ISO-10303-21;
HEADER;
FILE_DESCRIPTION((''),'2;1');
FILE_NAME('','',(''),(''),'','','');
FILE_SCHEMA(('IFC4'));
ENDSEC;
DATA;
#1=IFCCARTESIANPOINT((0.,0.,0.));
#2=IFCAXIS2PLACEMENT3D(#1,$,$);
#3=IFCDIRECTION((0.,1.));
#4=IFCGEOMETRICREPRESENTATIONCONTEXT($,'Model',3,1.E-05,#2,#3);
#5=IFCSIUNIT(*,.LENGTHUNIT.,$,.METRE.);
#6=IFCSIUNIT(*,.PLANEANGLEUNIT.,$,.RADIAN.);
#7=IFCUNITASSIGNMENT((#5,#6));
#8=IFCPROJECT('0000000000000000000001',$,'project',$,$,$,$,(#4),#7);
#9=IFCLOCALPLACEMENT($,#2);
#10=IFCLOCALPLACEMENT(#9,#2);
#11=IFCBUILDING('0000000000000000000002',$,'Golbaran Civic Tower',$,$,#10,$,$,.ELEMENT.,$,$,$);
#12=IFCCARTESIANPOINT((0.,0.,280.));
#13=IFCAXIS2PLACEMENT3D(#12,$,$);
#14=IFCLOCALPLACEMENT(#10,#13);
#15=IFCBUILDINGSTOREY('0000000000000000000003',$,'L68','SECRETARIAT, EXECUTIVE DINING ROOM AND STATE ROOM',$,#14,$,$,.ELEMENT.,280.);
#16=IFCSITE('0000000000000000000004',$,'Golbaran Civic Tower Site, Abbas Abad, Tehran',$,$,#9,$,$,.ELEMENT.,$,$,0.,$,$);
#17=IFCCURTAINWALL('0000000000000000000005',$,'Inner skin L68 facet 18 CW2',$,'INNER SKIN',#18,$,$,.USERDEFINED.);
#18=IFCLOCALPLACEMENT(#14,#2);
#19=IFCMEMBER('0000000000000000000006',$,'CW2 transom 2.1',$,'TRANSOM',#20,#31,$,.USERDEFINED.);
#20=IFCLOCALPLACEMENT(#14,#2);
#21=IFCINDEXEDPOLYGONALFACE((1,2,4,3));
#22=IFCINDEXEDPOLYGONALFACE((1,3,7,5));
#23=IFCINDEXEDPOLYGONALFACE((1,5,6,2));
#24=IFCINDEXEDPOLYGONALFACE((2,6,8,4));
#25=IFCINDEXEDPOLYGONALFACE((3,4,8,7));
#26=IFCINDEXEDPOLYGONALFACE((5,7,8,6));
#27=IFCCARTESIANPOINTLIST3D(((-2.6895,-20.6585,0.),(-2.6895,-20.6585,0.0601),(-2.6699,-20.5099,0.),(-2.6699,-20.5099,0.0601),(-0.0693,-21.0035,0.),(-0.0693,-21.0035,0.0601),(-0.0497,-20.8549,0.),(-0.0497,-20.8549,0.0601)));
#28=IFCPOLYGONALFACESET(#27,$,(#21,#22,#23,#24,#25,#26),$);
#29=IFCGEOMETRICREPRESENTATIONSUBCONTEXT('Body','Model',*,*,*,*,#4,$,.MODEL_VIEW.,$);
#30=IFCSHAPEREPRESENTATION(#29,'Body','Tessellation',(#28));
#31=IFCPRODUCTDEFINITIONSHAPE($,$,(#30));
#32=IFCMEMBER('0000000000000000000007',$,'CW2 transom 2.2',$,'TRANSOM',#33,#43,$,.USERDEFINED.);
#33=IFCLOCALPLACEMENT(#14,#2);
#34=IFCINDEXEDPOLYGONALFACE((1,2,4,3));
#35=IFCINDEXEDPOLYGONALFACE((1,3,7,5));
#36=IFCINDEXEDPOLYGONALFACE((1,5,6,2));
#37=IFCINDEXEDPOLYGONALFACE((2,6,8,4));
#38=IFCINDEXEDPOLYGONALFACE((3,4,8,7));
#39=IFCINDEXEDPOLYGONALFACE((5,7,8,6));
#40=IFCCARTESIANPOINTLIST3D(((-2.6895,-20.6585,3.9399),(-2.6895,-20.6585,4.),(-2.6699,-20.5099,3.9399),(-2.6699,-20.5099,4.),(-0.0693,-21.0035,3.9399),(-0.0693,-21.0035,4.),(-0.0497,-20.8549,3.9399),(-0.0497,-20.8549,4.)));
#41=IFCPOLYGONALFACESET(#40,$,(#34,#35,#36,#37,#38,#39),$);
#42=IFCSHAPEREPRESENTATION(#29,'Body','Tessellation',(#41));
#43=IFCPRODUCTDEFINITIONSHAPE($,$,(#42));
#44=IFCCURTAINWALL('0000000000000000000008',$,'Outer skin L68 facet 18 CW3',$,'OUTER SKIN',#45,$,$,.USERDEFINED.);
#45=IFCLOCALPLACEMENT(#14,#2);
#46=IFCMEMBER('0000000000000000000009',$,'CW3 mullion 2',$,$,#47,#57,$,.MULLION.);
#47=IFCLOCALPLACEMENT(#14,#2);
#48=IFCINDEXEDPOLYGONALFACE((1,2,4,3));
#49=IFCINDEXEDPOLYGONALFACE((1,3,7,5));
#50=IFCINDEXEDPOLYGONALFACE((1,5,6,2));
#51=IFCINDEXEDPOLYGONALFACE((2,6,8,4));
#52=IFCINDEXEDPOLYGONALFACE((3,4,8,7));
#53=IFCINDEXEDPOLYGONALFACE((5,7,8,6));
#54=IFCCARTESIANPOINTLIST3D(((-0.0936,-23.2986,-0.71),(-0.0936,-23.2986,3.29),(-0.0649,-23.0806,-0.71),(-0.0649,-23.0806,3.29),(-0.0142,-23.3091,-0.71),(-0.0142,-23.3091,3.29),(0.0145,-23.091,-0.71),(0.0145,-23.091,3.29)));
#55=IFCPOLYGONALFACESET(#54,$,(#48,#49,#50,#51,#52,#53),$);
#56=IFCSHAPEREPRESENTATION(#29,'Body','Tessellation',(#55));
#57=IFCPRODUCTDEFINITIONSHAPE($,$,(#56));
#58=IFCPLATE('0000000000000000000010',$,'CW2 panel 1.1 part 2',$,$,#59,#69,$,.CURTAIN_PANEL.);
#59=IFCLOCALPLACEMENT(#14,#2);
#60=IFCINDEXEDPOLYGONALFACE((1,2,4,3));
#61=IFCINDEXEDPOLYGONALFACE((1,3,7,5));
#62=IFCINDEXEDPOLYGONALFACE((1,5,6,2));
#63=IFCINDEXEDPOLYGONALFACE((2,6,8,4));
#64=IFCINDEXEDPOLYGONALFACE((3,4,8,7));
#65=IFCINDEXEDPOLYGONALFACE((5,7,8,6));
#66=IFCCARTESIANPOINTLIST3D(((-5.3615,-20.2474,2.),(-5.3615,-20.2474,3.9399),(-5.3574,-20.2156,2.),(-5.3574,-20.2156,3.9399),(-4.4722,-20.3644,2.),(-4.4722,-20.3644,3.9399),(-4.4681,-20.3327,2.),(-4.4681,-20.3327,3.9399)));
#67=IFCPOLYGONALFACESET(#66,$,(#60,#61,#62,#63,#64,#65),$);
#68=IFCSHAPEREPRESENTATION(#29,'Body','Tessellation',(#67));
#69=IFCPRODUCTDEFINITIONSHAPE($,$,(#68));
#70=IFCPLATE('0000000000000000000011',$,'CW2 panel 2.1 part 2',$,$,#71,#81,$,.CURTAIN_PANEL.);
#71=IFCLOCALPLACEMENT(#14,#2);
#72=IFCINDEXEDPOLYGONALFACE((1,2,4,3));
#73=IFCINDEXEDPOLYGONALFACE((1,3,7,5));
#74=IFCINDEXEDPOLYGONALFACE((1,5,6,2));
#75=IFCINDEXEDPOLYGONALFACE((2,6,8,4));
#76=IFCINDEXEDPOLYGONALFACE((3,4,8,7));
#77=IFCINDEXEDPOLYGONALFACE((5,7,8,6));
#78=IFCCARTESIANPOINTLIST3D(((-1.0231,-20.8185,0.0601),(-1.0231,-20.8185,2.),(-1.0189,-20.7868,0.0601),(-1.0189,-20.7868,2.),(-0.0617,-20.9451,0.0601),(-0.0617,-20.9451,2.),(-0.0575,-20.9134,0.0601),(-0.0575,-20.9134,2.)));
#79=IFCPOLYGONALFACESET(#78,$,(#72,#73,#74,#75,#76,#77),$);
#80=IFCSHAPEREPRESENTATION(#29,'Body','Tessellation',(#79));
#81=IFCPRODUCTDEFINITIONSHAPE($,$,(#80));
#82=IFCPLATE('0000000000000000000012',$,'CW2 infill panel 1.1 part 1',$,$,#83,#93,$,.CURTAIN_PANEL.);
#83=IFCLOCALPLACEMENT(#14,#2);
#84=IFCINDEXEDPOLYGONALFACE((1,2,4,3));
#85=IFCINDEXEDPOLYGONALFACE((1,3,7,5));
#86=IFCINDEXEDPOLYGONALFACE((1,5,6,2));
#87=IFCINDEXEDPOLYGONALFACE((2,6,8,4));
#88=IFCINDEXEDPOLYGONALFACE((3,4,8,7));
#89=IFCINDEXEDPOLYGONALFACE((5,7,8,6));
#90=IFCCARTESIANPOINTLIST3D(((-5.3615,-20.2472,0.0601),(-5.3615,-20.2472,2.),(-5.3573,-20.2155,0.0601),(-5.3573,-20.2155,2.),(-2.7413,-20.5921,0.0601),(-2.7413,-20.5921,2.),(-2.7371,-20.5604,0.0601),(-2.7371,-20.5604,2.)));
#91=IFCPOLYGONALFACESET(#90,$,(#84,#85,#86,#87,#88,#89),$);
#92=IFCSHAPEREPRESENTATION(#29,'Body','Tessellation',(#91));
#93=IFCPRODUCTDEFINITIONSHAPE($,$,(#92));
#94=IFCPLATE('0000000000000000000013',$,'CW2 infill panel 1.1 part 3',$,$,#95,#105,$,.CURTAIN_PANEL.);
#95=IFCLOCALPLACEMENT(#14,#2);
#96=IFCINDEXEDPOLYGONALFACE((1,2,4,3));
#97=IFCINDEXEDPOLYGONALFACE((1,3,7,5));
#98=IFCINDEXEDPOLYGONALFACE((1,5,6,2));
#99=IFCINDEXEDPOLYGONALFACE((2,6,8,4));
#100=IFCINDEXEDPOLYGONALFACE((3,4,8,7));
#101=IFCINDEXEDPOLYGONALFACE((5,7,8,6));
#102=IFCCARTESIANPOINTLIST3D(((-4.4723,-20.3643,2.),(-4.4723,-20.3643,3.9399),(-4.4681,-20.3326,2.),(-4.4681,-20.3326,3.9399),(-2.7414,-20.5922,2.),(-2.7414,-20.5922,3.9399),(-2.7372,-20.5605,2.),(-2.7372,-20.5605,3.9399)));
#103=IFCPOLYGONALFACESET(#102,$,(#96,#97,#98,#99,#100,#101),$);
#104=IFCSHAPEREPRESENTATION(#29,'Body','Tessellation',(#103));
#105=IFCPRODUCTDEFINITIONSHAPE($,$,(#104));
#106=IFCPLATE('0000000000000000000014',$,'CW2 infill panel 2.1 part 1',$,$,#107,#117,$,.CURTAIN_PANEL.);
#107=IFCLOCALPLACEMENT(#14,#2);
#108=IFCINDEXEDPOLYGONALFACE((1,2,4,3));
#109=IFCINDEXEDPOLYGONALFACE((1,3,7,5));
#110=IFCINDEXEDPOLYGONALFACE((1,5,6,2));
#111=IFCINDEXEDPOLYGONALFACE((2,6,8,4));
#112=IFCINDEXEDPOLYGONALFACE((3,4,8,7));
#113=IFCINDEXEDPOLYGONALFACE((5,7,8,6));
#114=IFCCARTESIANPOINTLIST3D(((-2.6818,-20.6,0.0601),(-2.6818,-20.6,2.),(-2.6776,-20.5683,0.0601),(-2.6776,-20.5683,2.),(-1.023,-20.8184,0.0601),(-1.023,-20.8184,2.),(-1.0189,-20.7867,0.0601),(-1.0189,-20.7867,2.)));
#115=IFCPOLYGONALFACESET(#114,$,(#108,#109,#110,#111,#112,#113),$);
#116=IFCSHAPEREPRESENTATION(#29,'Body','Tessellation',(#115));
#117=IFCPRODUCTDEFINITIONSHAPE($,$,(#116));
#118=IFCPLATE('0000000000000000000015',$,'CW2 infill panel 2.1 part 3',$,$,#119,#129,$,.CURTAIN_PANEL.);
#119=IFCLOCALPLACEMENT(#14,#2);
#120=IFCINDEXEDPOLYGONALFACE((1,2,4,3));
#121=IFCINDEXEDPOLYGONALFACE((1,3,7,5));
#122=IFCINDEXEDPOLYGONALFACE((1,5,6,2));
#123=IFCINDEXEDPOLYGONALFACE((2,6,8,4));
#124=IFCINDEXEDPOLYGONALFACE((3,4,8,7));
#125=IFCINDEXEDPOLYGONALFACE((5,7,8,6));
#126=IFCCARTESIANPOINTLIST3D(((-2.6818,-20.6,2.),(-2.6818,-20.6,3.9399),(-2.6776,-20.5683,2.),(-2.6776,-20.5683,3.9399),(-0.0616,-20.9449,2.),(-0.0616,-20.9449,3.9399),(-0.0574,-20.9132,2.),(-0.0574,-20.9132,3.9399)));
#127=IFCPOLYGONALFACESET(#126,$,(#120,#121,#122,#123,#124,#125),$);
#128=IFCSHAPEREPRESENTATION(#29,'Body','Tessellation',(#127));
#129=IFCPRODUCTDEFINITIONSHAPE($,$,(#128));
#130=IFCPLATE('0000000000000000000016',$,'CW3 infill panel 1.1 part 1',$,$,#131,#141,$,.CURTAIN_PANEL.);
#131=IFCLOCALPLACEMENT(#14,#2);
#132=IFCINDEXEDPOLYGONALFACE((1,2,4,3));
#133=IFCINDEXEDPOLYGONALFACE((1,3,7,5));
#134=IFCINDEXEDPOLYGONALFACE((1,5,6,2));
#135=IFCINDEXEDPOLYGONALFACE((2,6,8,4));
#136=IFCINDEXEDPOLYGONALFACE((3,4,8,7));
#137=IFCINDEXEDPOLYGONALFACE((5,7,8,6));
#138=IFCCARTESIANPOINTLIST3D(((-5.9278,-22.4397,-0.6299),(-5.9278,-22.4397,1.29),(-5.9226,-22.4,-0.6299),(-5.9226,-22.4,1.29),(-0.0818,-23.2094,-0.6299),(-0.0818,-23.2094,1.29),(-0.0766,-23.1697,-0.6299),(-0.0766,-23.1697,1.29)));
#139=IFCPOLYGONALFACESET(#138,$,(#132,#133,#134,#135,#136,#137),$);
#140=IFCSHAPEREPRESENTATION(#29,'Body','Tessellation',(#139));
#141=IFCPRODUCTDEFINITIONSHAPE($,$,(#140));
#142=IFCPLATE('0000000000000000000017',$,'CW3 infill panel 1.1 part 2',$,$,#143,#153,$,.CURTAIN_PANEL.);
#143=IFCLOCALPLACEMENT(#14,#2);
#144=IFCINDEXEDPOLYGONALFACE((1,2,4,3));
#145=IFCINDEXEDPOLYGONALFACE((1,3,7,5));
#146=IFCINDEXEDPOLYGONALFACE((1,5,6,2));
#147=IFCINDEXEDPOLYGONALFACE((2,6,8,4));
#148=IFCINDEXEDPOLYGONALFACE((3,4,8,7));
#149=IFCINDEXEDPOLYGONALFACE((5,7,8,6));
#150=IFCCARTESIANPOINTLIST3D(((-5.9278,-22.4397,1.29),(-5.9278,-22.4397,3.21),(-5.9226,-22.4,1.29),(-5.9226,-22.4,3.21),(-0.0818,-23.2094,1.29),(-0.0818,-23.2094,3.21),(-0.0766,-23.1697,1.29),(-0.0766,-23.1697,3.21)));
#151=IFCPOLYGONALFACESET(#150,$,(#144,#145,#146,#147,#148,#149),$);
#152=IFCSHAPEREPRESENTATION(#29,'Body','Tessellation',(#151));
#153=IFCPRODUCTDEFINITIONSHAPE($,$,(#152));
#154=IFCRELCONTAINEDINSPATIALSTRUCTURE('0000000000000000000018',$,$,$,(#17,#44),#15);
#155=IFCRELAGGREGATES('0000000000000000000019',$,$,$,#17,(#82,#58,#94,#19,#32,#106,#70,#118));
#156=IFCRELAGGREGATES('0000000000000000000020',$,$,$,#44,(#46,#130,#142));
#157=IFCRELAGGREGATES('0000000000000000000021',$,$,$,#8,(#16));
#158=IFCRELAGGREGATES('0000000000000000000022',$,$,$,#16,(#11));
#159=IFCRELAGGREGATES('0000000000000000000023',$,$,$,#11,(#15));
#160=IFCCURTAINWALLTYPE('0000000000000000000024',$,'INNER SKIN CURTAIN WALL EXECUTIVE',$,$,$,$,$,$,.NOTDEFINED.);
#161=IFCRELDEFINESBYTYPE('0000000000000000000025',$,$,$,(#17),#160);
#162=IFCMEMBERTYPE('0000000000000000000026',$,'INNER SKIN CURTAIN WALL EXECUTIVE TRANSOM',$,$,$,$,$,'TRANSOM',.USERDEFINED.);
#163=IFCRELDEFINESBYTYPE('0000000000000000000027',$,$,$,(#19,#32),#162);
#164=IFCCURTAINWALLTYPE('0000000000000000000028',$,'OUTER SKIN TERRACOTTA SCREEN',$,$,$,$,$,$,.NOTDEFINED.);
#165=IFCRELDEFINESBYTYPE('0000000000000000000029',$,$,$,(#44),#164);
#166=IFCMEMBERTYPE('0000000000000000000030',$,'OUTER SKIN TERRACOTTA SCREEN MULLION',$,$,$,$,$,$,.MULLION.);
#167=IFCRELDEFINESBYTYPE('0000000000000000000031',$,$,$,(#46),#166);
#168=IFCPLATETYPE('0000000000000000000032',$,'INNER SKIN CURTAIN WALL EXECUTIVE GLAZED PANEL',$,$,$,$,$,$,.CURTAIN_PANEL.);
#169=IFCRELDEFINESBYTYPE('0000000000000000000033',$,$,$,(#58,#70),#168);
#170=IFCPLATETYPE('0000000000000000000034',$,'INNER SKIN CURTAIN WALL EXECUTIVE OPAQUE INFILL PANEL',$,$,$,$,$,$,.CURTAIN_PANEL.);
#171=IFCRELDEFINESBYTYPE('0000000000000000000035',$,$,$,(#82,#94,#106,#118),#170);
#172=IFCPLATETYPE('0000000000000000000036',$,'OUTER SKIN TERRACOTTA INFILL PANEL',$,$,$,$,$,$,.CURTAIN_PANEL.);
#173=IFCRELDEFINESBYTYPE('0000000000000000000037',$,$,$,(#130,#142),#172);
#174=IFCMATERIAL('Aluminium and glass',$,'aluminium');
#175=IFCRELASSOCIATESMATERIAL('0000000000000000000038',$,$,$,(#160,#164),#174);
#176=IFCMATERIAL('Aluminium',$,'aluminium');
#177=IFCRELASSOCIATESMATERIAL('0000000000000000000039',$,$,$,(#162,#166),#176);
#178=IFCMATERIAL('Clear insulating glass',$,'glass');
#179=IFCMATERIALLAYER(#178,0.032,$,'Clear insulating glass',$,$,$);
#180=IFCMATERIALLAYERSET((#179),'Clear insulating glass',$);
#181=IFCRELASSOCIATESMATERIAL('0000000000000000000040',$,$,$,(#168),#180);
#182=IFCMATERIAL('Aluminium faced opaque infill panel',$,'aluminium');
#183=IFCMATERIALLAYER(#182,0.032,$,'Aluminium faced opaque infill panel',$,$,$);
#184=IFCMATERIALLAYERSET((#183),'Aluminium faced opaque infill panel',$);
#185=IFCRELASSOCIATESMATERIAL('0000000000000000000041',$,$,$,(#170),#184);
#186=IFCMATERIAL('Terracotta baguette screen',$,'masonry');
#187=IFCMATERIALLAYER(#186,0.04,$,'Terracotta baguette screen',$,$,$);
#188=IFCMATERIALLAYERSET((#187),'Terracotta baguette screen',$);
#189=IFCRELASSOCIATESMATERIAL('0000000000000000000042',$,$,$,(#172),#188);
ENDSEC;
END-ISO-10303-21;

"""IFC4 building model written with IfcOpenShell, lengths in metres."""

from ifc_helpers import new_model, si_unit, direction, frame, origin, origin_2d, place, context, subcontext, project, spatial, rectangle, extrude, material, layer, layer_set, material_profile, profile_set, type_object, element, aggregate, save


model = new_model("IFC4")

# Units and contexts
model_context = context("Model", 3, precision=1e-05, world=origin(), true_north=direction((0.0, 1.0)))
body_context = subcontext(model_context, "Body", "Model", "MODEL_VIEW")
ifc_project = project(units=[si_unit("LENGTHUNIT", "METRE"), si_unit("PLANEANGLEUNIT", "RADIAN")], contexts=[model_context])

# Site, building, storey
site_placement = place(None, origin())
site = spatial("IfcSite", under=ifc_project, at=site_placement, Name="Golbaran Civic Tower Site, Abbas Abad, Tehran", CompositionType="ELEMENT", RefElevation=0.0)
building_placement = place(site_placement, origin())
building = spatial("IfcBuilding", under=site, at=building_placement, Name="Golbaran Civic Tower", CompositionType="ELEMENT")
storey_placement = place(building_placement, frame((0.0, 0.0, 280.0)))
storey = spatial("IfcBuildingStorey", under=building, at=storey_placement, Name="L68", Description="SECRETARIAT, EXECUTIVE DINING ROOM AND STATE ROOM", CompositionType="ELEMENT", Elevation=280.0)

# Shared definitions
ifc_material_1 = material(Name="Aluminium and glass", Category="aluminium")
curtain_wall_type_1 = type_object("IfcCurtainWallType", Name="INNER SKIN CURTAIN WALL EXECUTIVE", PredefinedType="NOTDEFINED", material=ifc_material_1)
ifc_material_2 = material(Name="Aluminium", Category="aluminium")

# Curtain wall, members
curtain_wall_1_placement = place(storey_placement, origin())
curtain_wall_1 = element("IfcCurtainWall", 1, at=curtain_wall_1_placement, inside=storey, type_object=curtain_wall_type_1, Name="Inner skin L68 facet 18 CW2", ObjectType="INNER SKIN", PredefinedType="USERDEFINED")
ifc_material_profile_1 = material_profile(ifc_material_2, rectangle(XDim=0.1499, YDim=0.0601, at=origin_2d()), Name="INNER SKIN CURTAIN WALL EXECUTIVE TRANSOM")
ifc_profile_set_1 = profile_set([ifc_material_profile_1], Name="Aluminium")
member_type_1 = type_object("IfcMemberType", Name="INNER SKIN CURTAIN WALL EXECUTIVE TRANSOM", ElementType="TRANSOM", PredefinedType="USERDEFINED", material=ifc_profile_set_1)
member_1_placement = place(storey_placement, frame((-2.6797, -20.5842, 0.03), z_axis=(0.991444, -0.130536, 0.0), x_axis=(0.130536, 0.991444, 0.0)))
member_1 = element("IfcMember", 2, at=member_1_placement, type_object=member_type_1, Name="CW2 transom 2.1", ObjectType="TRANSOM", PredefinedType="USERDEFINED", context=body_context, shape_type="SweptSolid", body=[
    extrude(rectangle(XDim=0.1499, YDim=0.0601, at=origin_2d()), origin(), (0.0, 0.0, 1.0), 2.6428),
])
member_2_placement = place(storey_placement, frame((-2.6797, -20.5842, 3.97), z_axis=(0.991444, -0.130536, 0.0), x_axis=(0.130536, 0.991444, 0.0)))
member_2 = element("IfcMember", 3, at=member_2_placement, type_object=member_type_1, Name="CW2 transom 2.2", ObjectType="TRANSOM", PredefinedType="USERDEFINED", context=body_context, shape_type="SweptSolid", body=[
    extrude(rectangle(XDim=0.1499, YDim=0.0601, at=origin_2d()), origin(), (0.0, 0.0, 1.0), 2.6428),
])

# Curtain wall, member
curtain_wall_type_2 = type_object("IfcCurtainWallType", Name="OUTER SKIN TERRACOTTA SCREEN", PredefinedType="NOTDEFINED", material=ifc_material_1)
curtain_wall_2_placement = place(storey_placement, origin())
curtain_wall_2 = element("IfcCurtainWall", 4, at=curtain_wall_2_placement, inside=storey, type_object=curtain_wall_type_2, Name="Outer skin L68 facet 18 CW3", ObjectType="OUTER SKIN", PredefinedType="USERDEFINED")
ifc_material_profile_2 = material_profile(ifc_material_2, rectangle(XDim=0.22, YDim=0.0801, at=origin_2d()), Name="OUTER SKIN TERRACOTTA SCREEN MULLION")
ifc_profile_set_2 = profile_set([ifc_material_profile_2], Name="Aluminium")
member_type_2 = type_object("IfcMemberType", Name="OUTER SKIN TERRACOTTA SCREEN MULLION", PredefinedType="MULLION", material=ifc_profile_set_2)
member_3_placement = place(storey_placement, frame((-0.0396, -23.1948, -0.71), z_axis=(0.0, 0.0, 1.0), x_axis=(0.130526, 0.991445, 0.0)))
member_3 = element("IfcMember", 5, at=member_3_placement, type_object=member_type_2, Name="CW3 mullion 2", PredefinedType="MULLION", context=body_context, shape_type="SweptSolid", body=[
    extrude(rectangle(XDim=0.22, YDim=0.0801, at=origin_2d()), origin(), (0.0, 0.0, 1.0), 4.0),
])

# Plates
ifc_material_3 = material(Name="Clear insulating glass", Category="glass")
ifc_layer_1 = layer(ifc_material_3, 0.032, Name="Clear insulating glass")
ifc_layer_set_1 = layer_set([ifc_layer_1], Name="Clear insulating glass")
plate_type_1 = type_object("IfcPlateType", Name="INNER SKIN CURTAIN WALL EXECUTIVE GLAZED PANEL", PredefinedType="CURTAIN_PANEL", material=ifc_layer_set_1)
plate_1_placement = place(storey_placement, frame((-4.9148, -20.29, 2.0), z_axis=(0.0, 0.0, 1.0), x_axis=(0.991445, -0.130526, 0.0)))
plate_1 = element("IfcPlate", 6, at=plate_1_placement, type_object=plate_type_1, Name="CW2 panel 1.1 part 2", PredefinedType="CURTAIN_PANEL", context=body_context, shape_type="SweptSolid", body=[
    extrude(rectangle(XDim=0.897, YDim=0.032, at=origin_2d()), origin(), (0.0, 0.0, 1.0), 1.9399),
])
plate_2_placement = place(storey_placement, frame((-0.5403, -20.866, 0.0601), z_axis=(0.0, 0.0, 1.0), x_axis=(0.991445, -0.130526, 0.0)))
plate_2 = element("IfcPlate", 7, at=plate_2_placement, type_object=plate_type_1, Name="CW2 panel 2.1 part 2", PredefinedType="CURTAIN_PANEL", context=body_context, shape_type="SweptSolid", body=[
    extrude(rectangle(XDim=0.9697, YDim=0.032, at=origin_2d()), origin(), (0.0, 0.0, 1.0), 1.9399),
])
ifc_material_4 = material(Name="Aluminium faced opaque infill panel", Category="aluminium")
ifc_layer_2 = layer(ifc_material_4, 0.032, Name="Aluminium faced opaque infill panel")
ifc_layer_set_2 = layer_set([ifc_layer_2], Name="Aluminium faced opaque infill panel")
plate_type_2 = type_object("IfcPlateType", Name="INNER SKIN CURTAIN WALL EXECUTIVE OPAQUE INFILL PANEL", PredefinedType="CURTAIN_PANEL", material=ifc_layer_set_2)
plate_3_placement = place(storey_placement, frame((-4.0493, -20.4038, 0.0601), z_axis=(0.0, 0.0, 1.0), x_axis=(0.991445, -0.130526, 0.0)))
plate_3 = element("IfcPlate", 8, at=plate_3_placement, type_object=plate_type_2, Name="CW2 infill panel 1.1 part 1", PredefinedType="CURTAIN_PANEL", context=body_context, shape_type="SweptSolid", body=[
    extrude(rectangle(XDim=2.6428, YDim=0.032, at=origin_2d()), origin(), (0.0, 0.0, 1.0), 1.9399),
])
plate_4_placement = place(storey_placement, frame((-3.6047, -20.4624, 2.0), z_axis=(0.0, 0.0, 1.0), x_axis=(0.991445, -0.130526, 0.0)))
plate_4 = element("IfcPlate", 9, at=plate_4_placement, type_object=plate_type_2, Name="CW2 infill panel 1.1 part 3", PredefinedType="CURTAIN_PANEL", context=body_context, shape_type="SweptSolid", body=[
    extrude(rectangle(XDim=1.7458, YDim=0.032, at=origin_2d()), origin(), (0.0, 0.0, 1.0), 1.9399),
])
plate_5_placement = place(storey_placement, frame((-1.8503, -20.6934, 0.0601), z_axis=(0.0, 0.0, 1.0), x_axis=(0.991445, -0.130526, 0.0)))
plate_5 = element("IfcPlate", 10, at=plate_5_placement, type_object=plate_type_2, Name="CW2 infill panel 2.1 part 1", PredefinedType="CURTAIN_PANEL", context=body_context, shape_type="SweptSolid", body=[
    extrude(rectangle(XDim=1.6731, YDim=0.032, at=origin_2d()), origin(), (0.0, 0.0, 1.0), 1.9399),
])
plate_6_placement = place(storey_placement, frame((-1.3696, -20.7566, 2.0), z_axis=(0.0, 0.0, 1.0), x_axis=(0.991445, -0.130526, 0.0)))
plate_6 = element("IfcPlate", 11, at=plate_6_placement, type_object=plate_type_2, Name="CW2 infill panel 2.1 part 3", PredefinedType="CURTAIN_PANEL", context=body_context, shape_type="SweptSolid", body=[
    extrude(rectangle(XDim=2.6428, YDim=0.032, at=origin_2d()), origin(), (0.0, 0.0, 1.0), 1.9399),
])
aggregate(curtain_wall_1, [plate_3, plate_1, plate_4, member_1, member_2, plate_5, plate_2, plate_6])
ifc_material_5 = material(Name="Terracotta baguette screen", Category="masonry")
ifc_layer_3 = layer(ifc_material_5, 0.04, Name="Terracotta baguette screen")
ifc_layer_set_3 = layer_set([ifc_layer_3], Name="Terracotta baguette screen")
plate_type_3 = type_object("IfcPlateType", Name="OUTER SKIN TERRACOTTA INFILL PANEL", PredefinedType="CURTAIN_PANEL", material=ifc_layer_set_3)
plate_7_placement = place(storey_placement, frame((-3.0022, -22.8047, -0.6299), z_axis=(0.0, 0.0, 1.0), x_axis=(0.991445, -0.130526, 0.0)))
plate_7 = element("IfcPlate", 12, at=plate_7_placement, type_object=plate_type_3, Name="CW3 infill panel 1.1 part 1", PredefinedType="CURTAIN_PANEL", context=body_context, shape_type="SweptSolid", body=[
    extrude(rectangle(XDim=5.8965, YDim=0.04, at=origin_2d()), origin(), (0.0, 0.0, 1.0), 1.9199),
])
plate_8_placement = place(storey_placement, frame((-3.0022, -22.8047, 1.29), z_axis=(0.0, 0.0, 1.0), x_axis=(0.991445, -0.130526, 0.0)))
plate_8 = element("IfcPlate", 13, at=plate_8_placement, type_object=plate_type_3, Name="CW3 infill panel 1.1 part 2", PredefinedType="CURTAIN_PANEL", context=body_context, shape_type="SweptSolid", body=[
    extrude(rectangle(XDim=5.8965, YDim=0.04, at=origin_2d()), origin(), (0.0, 0.0, 1.0), 1.9199),
])
aggregate(curtain_wall_2, [member_3, plate_7, plate_8])

save(model, "model.ifc")
